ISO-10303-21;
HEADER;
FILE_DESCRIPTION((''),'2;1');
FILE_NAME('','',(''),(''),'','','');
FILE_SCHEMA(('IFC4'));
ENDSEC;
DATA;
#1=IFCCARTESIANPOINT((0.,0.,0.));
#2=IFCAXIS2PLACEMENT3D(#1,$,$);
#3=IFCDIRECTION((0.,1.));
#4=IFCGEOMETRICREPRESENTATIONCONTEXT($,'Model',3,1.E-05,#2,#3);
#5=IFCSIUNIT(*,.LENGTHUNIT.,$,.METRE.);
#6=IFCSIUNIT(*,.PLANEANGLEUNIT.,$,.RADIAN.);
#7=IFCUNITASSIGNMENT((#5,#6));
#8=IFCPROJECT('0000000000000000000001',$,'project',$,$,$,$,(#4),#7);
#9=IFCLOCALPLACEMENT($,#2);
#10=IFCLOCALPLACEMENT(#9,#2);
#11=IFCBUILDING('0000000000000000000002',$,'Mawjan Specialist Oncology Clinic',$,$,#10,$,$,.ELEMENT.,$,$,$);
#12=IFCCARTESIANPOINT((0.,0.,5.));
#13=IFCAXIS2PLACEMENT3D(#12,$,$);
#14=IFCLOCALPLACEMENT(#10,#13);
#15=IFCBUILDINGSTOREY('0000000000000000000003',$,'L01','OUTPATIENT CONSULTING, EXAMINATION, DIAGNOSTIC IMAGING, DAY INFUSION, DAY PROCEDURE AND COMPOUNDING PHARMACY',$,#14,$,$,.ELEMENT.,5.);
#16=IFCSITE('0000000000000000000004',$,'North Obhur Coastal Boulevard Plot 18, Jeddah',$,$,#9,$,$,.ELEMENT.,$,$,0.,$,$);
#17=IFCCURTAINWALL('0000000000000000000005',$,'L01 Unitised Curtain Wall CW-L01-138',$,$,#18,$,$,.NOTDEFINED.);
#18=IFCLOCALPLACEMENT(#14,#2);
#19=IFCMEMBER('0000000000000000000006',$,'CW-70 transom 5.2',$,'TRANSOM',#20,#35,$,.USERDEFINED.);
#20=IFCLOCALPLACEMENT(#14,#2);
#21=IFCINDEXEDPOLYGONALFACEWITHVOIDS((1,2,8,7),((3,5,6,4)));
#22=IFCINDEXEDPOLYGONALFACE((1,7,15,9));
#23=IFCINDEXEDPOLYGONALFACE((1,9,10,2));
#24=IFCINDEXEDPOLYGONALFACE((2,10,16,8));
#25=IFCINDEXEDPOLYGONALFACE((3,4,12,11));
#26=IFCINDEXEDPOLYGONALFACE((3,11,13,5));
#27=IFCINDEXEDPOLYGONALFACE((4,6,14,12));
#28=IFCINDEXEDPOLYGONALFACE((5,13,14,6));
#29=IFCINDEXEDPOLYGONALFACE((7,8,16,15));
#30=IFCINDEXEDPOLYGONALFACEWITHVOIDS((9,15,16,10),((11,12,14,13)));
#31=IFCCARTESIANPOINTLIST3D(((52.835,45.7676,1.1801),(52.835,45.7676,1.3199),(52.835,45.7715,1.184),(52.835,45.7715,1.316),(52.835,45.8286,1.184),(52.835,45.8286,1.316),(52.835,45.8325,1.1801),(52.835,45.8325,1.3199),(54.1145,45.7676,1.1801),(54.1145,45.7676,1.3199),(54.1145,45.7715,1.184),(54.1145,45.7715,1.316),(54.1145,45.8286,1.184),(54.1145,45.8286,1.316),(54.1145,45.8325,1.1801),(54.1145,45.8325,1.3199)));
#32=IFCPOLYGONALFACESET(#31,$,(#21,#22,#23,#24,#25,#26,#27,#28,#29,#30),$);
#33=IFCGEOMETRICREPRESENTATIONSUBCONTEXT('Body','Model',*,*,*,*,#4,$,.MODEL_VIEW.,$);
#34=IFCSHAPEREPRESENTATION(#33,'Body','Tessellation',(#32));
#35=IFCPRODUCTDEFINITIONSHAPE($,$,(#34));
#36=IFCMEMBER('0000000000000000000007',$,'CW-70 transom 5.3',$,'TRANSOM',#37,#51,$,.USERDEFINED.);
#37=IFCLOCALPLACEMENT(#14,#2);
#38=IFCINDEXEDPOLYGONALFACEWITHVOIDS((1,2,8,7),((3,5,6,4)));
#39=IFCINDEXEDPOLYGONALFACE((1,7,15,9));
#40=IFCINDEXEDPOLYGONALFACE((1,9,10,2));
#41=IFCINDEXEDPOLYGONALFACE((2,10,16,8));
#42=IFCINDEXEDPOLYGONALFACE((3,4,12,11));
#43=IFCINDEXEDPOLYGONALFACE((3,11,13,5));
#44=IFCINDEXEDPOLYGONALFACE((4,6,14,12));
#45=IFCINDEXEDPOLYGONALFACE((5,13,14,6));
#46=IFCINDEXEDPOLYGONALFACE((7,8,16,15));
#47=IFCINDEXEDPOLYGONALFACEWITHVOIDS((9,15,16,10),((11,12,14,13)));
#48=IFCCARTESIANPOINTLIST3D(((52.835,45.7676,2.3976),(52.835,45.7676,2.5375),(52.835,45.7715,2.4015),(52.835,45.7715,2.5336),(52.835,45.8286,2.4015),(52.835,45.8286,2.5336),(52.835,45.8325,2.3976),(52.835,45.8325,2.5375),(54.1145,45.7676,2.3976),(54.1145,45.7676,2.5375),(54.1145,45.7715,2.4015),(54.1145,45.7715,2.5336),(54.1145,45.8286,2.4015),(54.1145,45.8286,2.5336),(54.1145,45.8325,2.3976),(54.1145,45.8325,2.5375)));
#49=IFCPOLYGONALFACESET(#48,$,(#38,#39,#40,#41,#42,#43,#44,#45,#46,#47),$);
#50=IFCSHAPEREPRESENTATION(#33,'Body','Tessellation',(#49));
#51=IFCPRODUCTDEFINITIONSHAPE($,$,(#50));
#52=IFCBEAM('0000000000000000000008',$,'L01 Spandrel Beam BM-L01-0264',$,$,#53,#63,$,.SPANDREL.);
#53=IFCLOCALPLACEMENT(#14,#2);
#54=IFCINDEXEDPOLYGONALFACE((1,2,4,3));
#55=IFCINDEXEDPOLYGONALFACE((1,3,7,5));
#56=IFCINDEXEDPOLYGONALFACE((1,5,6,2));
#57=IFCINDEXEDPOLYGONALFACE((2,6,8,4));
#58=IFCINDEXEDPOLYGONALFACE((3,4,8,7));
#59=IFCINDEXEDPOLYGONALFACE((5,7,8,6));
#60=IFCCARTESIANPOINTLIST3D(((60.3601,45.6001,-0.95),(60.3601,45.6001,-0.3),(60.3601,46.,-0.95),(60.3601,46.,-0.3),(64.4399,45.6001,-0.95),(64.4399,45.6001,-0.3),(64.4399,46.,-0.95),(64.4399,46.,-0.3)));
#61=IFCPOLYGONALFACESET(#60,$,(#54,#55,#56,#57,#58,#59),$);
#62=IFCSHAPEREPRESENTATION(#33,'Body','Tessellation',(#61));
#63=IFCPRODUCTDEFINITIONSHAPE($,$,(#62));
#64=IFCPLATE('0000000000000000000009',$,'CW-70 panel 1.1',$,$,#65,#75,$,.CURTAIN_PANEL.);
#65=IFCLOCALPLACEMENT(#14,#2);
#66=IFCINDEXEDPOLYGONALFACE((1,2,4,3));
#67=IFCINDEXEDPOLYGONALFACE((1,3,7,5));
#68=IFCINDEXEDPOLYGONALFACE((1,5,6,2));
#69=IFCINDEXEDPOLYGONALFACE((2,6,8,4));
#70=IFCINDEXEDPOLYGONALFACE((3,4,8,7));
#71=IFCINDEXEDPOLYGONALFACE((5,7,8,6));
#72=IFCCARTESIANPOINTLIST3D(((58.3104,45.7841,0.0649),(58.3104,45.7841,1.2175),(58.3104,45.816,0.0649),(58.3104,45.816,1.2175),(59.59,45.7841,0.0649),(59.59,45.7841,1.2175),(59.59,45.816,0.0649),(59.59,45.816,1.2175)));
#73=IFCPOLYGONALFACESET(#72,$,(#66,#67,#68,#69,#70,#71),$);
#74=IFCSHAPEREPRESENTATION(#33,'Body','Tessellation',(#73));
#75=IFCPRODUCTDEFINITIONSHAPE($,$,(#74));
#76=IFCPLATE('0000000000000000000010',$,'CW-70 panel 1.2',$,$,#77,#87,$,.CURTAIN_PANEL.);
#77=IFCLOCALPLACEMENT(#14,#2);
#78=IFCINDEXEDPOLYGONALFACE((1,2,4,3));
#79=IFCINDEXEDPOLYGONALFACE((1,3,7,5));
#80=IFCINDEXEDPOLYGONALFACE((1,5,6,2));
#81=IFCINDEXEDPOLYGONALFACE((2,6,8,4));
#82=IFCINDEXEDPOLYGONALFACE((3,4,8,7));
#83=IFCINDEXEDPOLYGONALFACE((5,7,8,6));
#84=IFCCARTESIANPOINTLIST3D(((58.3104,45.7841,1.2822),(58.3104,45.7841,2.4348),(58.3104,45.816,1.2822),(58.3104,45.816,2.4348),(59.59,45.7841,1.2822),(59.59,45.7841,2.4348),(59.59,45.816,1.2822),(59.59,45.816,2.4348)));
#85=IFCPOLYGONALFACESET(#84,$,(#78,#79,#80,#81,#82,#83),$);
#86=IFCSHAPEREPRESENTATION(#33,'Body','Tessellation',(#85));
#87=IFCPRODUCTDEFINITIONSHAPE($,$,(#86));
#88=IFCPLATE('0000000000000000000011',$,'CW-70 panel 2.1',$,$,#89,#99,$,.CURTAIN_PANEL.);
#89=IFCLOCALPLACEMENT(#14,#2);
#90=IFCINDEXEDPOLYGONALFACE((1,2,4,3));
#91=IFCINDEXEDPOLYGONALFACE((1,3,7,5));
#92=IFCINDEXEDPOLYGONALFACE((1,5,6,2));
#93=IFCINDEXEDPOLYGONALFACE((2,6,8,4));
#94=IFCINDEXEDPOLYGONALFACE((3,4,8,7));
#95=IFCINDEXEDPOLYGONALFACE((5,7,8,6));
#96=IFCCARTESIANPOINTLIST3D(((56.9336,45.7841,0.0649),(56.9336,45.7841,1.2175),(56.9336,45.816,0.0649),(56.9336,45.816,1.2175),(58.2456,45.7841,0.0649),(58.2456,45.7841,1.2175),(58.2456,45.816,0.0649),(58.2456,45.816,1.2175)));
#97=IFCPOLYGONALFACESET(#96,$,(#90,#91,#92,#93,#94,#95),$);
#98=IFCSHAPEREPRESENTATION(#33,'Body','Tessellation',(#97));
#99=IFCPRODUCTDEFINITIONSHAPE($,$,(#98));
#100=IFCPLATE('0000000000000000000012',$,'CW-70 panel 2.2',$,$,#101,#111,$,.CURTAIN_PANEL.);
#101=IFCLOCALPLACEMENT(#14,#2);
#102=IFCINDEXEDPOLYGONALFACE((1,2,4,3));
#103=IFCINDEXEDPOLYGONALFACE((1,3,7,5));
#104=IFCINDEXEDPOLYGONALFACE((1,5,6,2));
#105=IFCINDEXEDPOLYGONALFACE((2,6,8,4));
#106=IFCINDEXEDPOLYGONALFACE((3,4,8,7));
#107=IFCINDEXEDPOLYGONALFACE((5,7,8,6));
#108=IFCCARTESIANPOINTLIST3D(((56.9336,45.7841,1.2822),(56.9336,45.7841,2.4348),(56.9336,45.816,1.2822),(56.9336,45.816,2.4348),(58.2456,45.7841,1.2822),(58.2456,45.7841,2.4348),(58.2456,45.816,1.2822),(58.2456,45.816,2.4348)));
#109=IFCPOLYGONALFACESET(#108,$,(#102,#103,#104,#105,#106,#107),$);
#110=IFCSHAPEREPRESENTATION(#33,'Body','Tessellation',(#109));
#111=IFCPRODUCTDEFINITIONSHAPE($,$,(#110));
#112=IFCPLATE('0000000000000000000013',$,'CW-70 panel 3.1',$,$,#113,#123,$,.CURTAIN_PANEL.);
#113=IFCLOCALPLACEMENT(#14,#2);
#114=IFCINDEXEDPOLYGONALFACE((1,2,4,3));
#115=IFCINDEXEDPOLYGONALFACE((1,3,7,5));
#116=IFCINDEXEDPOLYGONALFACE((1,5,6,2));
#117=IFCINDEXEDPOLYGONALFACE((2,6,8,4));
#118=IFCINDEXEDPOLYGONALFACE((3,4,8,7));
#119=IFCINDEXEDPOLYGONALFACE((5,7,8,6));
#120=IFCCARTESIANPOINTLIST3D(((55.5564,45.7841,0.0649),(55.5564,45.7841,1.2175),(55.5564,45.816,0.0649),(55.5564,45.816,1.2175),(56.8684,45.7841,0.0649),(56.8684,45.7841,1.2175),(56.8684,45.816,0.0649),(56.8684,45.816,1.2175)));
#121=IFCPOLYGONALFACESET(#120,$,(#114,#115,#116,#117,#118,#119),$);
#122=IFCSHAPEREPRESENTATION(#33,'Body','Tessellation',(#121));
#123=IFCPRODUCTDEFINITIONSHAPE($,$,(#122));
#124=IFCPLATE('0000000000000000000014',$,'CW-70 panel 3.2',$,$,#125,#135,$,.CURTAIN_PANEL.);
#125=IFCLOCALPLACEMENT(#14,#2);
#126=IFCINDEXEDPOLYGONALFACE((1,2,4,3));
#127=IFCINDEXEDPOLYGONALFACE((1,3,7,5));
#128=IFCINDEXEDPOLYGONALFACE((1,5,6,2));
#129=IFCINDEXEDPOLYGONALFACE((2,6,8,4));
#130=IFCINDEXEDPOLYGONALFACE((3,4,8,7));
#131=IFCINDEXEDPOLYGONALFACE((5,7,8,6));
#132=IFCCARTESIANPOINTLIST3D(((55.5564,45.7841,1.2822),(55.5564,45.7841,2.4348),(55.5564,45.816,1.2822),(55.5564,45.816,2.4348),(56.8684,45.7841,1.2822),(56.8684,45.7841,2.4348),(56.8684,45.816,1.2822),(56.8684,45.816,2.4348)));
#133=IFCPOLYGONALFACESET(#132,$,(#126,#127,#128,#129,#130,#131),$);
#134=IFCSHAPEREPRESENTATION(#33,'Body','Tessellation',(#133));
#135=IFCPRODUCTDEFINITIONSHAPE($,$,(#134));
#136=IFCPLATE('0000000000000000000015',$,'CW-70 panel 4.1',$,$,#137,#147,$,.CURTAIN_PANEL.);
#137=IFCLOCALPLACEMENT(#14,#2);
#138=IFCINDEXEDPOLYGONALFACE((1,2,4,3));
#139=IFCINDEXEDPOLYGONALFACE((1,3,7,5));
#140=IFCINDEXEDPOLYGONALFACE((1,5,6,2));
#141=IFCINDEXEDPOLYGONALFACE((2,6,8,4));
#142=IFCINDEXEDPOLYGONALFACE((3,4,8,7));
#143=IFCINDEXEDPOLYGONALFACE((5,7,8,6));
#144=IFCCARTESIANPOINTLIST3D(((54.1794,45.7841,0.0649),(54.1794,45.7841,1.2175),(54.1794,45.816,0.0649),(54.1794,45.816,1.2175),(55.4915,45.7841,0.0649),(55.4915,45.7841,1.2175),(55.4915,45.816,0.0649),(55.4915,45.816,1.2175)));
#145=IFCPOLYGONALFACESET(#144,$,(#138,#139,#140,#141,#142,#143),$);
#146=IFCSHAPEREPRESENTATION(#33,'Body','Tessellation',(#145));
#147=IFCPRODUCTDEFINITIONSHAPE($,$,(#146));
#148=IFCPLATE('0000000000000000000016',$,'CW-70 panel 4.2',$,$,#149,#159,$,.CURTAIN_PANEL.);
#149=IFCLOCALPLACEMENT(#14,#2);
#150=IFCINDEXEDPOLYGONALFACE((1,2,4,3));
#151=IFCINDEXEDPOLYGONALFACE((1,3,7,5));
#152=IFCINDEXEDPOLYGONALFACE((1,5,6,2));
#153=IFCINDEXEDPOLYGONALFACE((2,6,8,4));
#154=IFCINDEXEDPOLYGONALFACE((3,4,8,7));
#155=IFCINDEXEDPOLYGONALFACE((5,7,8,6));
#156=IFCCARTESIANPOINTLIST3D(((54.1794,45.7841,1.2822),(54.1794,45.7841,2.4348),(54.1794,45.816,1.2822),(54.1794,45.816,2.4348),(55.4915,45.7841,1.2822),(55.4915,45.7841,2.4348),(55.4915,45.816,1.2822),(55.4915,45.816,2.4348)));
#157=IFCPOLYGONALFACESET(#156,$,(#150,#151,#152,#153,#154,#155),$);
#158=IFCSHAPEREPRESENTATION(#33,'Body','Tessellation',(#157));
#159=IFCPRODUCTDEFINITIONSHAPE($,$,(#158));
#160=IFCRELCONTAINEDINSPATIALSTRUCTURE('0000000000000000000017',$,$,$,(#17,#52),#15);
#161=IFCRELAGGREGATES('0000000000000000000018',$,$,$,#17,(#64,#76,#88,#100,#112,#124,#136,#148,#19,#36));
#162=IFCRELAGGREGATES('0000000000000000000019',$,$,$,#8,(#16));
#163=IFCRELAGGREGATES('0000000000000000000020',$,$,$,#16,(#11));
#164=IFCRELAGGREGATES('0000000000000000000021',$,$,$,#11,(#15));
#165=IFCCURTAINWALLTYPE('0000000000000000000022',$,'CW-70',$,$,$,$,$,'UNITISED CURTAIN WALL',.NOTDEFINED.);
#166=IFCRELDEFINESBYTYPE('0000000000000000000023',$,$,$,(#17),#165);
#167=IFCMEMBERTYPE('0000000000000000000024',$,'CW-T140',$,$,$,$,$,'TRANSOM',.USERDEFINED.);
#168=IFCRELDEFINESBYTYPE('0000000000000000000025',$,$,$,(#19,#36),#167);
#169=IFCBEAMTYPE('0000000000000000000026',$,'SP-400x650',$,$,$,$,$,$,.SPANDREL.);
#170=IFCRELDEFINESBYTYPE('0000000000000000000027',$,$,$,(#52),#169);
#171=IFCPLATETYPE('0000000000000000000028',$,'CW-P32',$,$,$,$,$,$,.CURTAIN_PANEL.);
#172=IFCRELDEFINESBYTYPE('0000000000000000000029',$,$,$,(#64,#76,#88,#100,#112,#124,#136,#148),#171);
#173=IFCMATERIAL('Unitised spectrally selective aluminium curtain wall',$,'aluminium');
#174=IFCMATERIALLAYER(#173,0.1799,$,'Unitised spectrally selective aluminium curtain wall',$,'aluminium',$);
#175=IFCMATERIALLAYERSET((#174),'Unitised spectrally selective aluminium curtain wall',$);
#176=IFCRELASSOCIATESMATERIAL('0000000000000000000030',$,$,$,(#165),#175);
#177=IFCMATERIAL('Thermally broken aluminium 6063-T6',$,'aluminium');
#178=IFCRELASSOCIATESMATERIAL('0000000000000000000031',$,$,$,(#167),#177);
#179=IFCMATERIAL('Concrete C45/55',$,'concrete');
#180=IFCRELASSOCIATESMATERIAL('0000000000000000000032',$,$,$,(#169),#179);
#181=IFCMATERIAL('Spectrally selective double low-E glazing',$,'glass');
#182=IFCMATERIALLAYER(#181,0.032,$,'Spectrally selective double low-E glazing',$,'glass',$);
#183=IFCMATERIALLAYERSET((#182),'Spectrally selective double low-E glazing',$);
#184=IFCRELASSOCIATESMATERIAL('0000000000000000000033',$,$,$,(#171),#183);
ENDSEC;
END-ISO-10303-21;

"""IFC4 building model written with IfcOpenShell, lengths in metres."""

from ifc_helpers import new_model, si_unit, direction, frame, origin, origin_2d, place, context, subcontext, project, spatial, rectangle, hollow_rectangle, extrude, material, layer, layer_set, material_profile, profile_set, type_object, element, aggregate, save


model = new_model("IFC4")

# Units and contexts
model_context = context("Model", 3, precision=1e-05, world=origin(), true_north=direction((0.0, 1.0)))
body_context = subcontext(model_context, "Body", "Model", "MODEL_VIEW")
ifc_project = project(units=[si_unit("LENGTHUNIT", "METRE"), si_unit("PLANEANGLEUNIT", "RADIAN")], contexts=[model_context])

# Site, building, storey
site_placement = place(None, origin())
site = spatial("IfcSite", under=ifc_project, at=site_placement, Name="North Obhur Coastal Boulevard Plot 18, Jeddah", CompositionType="ELEMENT", RefElevation=0.0)
building_placement = place(site_placement, origin())
building = spatial("IfcBuilding", under=site, at=building_placement, Name="Mawjan Specialist Oncology Clinic", CompositionType="ELEMENT")
storey_placement = place(building_placement, frame((0.0, 0.0, 5.0)))
storey = spatial("IfcBuildingStorey", under=building, at=storey_placement, Name="L01", Description="OUTPATIENT CONSULTING, EXAMINATION, DIAGNOSTIC IMAGING, DAY INFUSION, DAY PROCEDURE AND COMPOUNDING PHARMACY", CompositionType="ELEMENT", Elevation=5.0)

# Curtain wall, members
ifc_material_1 = material(Name="Unitised spectrally selective aluminium curtain wall", Category="aluminium")
ifc_layer_1 = layer(ifc_material_1, 0.1799, Name="Unitised spectrally selective aluminium curtain wall", Category="aluminium")
ifc_layer_set_1 = layer_set([ifc_layer_1], Name="Unitised spectrally selective aluminium curtain wall")
curtain_wall_type = type_object("IfcCurtainWallType", Name="CW-70", ElementType="UNITISED CURTAIN WALL", PredefinedType="NOTDEFINED", material=ifc_layer_set_1)
curtain_wall_placement = place(storey_placement, origin())
curtain_wall = element("IfcCurtainWall", 1, at=curtain_wall_placement, inside=storey, type_object=curtain_wall_type, Name="L01 Unitised Curtain Wall CW-L01-138", PredefinedType="NOTDEFINED")
ifc_material_2 = material(Name="Thermally broken aluminium 6063-T6", Category="aluminium")
ifc_material_profile_1 = material_profile(ifc_material_2, hollow_rectangle(XDim=0.0649, YDim=0.1399, WallThickness=0.0039, at=origin_2d()), Name="ALU TRANSOM 140x65x4", Category="aluminium")
ifc_profile_set_1 = profile_set([ifc_material_profile_1], Name="Thermally broken aluminium 6063-T6")
member_type_1 = type_object("IfcMemberType", Name="CW-T140", ElementType="TRANSOM", PredefinedType="USERDEFINED", material=ifc_profile_set_1)
member_1_placement = place(storey_placement, frame((54.1145, 45.8, 1.25), z_axis=(-1.0, 0.0, 0.0), x_axis=(0.0, -1.0, 0.0)))
member_1 = element("IfcMember", 2, at=member_1_placement, type_object=member_type_1, Name="CW-70 transom 5.2", ObjectType="TRANSOM", PredefinedType="USERDEFINED", context=body_context, shape_type="SweptSolid", body=[
    extrude(hollow_rectangle(XDim=0.0649, YDim=0.1399, WallThickness=0.0039, at=origin_2d()), origin(), (0.0, 0.0, 1.0), 1.2795),
])
member_2_placement = place(storey_placement, frame((54.1145, 45.8, 2.4675), z_axis=(-1.0, 0.0, 0.0), x_axis=(0.0, -1.0, 0.0)))
member_2 = element("IfcMember", 3, at=member_2_placement, type_object=member_type_1, Name="CW-70 transom 5.3", ObjectType="TRANSOM", PredefinedType="USERDEFINED", context=body_context, shape_type="SweptSolid", body=[
    extrude(hollow_rectangle(XDim=0.0649, YDim=0.1399, WallThickness=0.0039, at=origin_2d()), origin(), (0.0, 0.0, 1.0), 1.2795),
])

# Beam
ifc_material_3 = material(Name="Concrete C45/55", Category="concrete")
ifc_material_profile_2 = material_profile(ifc_material_3, rectangle(XDim=0.3999, YDim=0.6499, at=origin_2d()), Name="RC BM 400x650", Category="concrete")
ifc_profile_set_2 = profile_set([ifc_material_profile_2], Name="Concrete C45/55")
beam_type_1 = type_object("IfcBeamType", Name="SP-400x650", PredefinedType="SPANDREL", material=ifc_profile_set_2)
beam_1_placement = place(storey_placement, frame((60.3601, 45.8, -0.625), z_axis=(1.0, 0.0, 0.0), x_axis=(0.0, 1.0, 0.0)))
element("IfcBeam", 4, at=beam_1_placement, inside=storey, type_object=beam_type_1, Name="L01 Spandrel Beam BM-L01-0264", PredefinedType="SPANDREL", context=body_context, shape_type="SweptSolid", body=[
    extrude(rectangle(XDim=0.3999, YDim=0.6499, at=origin_2d()), origin(), (0.0, 0.0, 1.0), 4.0798),
])

# Plates
ifc_material_4 = material(Name="Spectrally selective double low-E glazing", Category="glass")
ifc_layer_2 = layer(ifc_material_4, 0.032, Name="Spectrally selective double low-E glazing", Category="glass")
ifc_layer_set_2 = layer_set([ifc_layer_2], Name="Spectrally selective double low-E glazing")
plate_type = type_object("IfcPlateType", Name="CW-P32", PredefinedType="CURTAIN_PANEL", material=ifc_layer_set_2)
plate_1_placement = place(storey_placement, frame((58.9502, 45.8, 0.0649), z_axis=(0.0, 0.0, 1.0), x_axis=(-1.0, 0.0, 0.0)))
plate_1 = element("IfcPlate", 5, at=plate_1_placement, type_object=plate_type, Name="CW-70 panel 1.1", PredefinedType="CURTAIN_PANEL", context=body_context, shape_type="SweptSolid", body=[
    extrude(rectangle(XDim=1.2795, YDim=0.032, at=origin_2d()), origin(), (0.0, 0.0, 1.0), 1.1526),
])
plate_2_placement = place(storey_placement, frame((58.9502, 45.8, 1.2822), z_axis=(0.0, 0.0, 1.0), x_axis=(-1.0, 0.0, 0.0)))
plate_2 = element("IfcPlate", 6, at=plate_2_placement, type_object=plate_type, Name="CW-70 panel 1.2", PredefinedType="CURTAIN_PANEL", context=body_context, shape_type="SweptSolid", body=[
    extrude(rectangle(XDim=1.2795, YDim=0.032, at=origin_2d()), origin(), (0.0, 0.0, 1.0), 1.1526),
])
plate_3_placement = place(storey_placement, frame((57.5896, 45.8, 0.0649), z_axis=(0.0, 0.0, 1.0), x_axis=(-1.0, 0.0, 0.0)))
plate_3 = element("IfcPlate", 7, at=plate_3_placement, type_object=plate_type, Name="CW-70 panel 2.1", PredefinedType="CURTAIN_PANEL", context=body_context, shape_type="SweptSolid", body=[
    extrude(rectangle(XDim=1.312, YDim=0.032, at=origin_2d()), origin(), (0.0, 0.0, 1.0), 1.1526),
])
plate_4_placement = place(storey_placement, frame((57.5896, 45.8, 1.2822), z_axis=(0.0, 0.0, 1.0), x_axis=(-1.0, 0.0, 0.0)))
plate_4 = element("IfcPlate", 8, at=plate_4_placement, type_object=plate_type, Name="CW-70 panel 2.2", PredefinedType="CURTAIN_PANEL", context=body_context, shape_type="SweptSolid", body=[
    extrude(rectangle(XDim=1.312, YDim=0.032, at=origin_2d()), origin(), (0.0, 0.0, 1.0), 1.1526),
])
plate_5_placement = place(storey_placement, frame((56.2124, 45.8, 0.0649), z_axis=(0.0, 0.0, 1.0), x_axis=(-1.0, 0.0, 0.0)))
plate_5 = element("IfcPlate", 9, at=plate_5_placement, type_object=plate_type, Name="CW-70 panel 3.1", PredefinedType="CURTAIN_PANEL", context=body_context, shape_type="SweptSolid", body=[
    extrude(rectangle(XDim=1.312, YDim=0.032, at=origin_2d()), origin(), (0.0, 0.0, 1.0), 1.1526),
])
plate_6_placement = place(storey_placement, frame((56.2124, 45.8, 1.2822), z_axis=(0.0, 0.0, 1.0), x_axis=(-1.0, 0.0, 0.0)))
plate_6 = element("IfcPlate", 10, at=plate_6_placement, type_object=plate_type, Name="CW-70 panel 3.2", PredefinedType="CURTAIN_PANEL", context=body_context, shape_type="SweptSolid", body=[
    extrude(rectangle(XDim=1.312, YDim=0.032, at=origin_2d()), origin(), (0.0, 0.0, 1.0), 1.1526),
])
plate_7_placement = place(storey_placement, frame((54.8354, 45.8, 0.0649), z_axis=(0.0, 0.0, 1.0), x_axis=(-1.0, 0.0, 0.0)))
plate_7 = element("IfcPlate", 11, at=plate_7_placement, type_object=plate_type, Name="CW-70 panel 4.1", PredefinedType="CURTAIN_PANEL", context=body_context, shape_type="SweptSolid", body=[
    extrude(rectangle(XDim=1.312, YDim=0.032, at=origin_2d()), origin(), (0.0, 0.0, 1.0), 1.1526),
])
plate_8_placement = place(storey_placement, frame((54.8354, 45.8, 1.2822), z_axis=(0.0, 0.0, 1.0), x_axis=(-1.0, 0.0, 0.0)))
plate_8 = element("IfcPlate", 12, at=plate_8_placement, type_object=plate_type, Name="CW-70 panel 4.2", PredefinedType="CURTAIN_PANEL", context=body_context, shape_type="SweptSolid", body=[
    extrude(rectangle(XDim=1.312, YDim=0.032, at=origin_2d()), origin(), (0.0, 0.0, 1.0), 1.1526),
])
aggregate(curtain_wall, [plate_1, plate_2, plate_3, plate_4, plate_5, plate_6, plate_7, plate_8, member_1, member_2])

save(model, "model.ifc")
